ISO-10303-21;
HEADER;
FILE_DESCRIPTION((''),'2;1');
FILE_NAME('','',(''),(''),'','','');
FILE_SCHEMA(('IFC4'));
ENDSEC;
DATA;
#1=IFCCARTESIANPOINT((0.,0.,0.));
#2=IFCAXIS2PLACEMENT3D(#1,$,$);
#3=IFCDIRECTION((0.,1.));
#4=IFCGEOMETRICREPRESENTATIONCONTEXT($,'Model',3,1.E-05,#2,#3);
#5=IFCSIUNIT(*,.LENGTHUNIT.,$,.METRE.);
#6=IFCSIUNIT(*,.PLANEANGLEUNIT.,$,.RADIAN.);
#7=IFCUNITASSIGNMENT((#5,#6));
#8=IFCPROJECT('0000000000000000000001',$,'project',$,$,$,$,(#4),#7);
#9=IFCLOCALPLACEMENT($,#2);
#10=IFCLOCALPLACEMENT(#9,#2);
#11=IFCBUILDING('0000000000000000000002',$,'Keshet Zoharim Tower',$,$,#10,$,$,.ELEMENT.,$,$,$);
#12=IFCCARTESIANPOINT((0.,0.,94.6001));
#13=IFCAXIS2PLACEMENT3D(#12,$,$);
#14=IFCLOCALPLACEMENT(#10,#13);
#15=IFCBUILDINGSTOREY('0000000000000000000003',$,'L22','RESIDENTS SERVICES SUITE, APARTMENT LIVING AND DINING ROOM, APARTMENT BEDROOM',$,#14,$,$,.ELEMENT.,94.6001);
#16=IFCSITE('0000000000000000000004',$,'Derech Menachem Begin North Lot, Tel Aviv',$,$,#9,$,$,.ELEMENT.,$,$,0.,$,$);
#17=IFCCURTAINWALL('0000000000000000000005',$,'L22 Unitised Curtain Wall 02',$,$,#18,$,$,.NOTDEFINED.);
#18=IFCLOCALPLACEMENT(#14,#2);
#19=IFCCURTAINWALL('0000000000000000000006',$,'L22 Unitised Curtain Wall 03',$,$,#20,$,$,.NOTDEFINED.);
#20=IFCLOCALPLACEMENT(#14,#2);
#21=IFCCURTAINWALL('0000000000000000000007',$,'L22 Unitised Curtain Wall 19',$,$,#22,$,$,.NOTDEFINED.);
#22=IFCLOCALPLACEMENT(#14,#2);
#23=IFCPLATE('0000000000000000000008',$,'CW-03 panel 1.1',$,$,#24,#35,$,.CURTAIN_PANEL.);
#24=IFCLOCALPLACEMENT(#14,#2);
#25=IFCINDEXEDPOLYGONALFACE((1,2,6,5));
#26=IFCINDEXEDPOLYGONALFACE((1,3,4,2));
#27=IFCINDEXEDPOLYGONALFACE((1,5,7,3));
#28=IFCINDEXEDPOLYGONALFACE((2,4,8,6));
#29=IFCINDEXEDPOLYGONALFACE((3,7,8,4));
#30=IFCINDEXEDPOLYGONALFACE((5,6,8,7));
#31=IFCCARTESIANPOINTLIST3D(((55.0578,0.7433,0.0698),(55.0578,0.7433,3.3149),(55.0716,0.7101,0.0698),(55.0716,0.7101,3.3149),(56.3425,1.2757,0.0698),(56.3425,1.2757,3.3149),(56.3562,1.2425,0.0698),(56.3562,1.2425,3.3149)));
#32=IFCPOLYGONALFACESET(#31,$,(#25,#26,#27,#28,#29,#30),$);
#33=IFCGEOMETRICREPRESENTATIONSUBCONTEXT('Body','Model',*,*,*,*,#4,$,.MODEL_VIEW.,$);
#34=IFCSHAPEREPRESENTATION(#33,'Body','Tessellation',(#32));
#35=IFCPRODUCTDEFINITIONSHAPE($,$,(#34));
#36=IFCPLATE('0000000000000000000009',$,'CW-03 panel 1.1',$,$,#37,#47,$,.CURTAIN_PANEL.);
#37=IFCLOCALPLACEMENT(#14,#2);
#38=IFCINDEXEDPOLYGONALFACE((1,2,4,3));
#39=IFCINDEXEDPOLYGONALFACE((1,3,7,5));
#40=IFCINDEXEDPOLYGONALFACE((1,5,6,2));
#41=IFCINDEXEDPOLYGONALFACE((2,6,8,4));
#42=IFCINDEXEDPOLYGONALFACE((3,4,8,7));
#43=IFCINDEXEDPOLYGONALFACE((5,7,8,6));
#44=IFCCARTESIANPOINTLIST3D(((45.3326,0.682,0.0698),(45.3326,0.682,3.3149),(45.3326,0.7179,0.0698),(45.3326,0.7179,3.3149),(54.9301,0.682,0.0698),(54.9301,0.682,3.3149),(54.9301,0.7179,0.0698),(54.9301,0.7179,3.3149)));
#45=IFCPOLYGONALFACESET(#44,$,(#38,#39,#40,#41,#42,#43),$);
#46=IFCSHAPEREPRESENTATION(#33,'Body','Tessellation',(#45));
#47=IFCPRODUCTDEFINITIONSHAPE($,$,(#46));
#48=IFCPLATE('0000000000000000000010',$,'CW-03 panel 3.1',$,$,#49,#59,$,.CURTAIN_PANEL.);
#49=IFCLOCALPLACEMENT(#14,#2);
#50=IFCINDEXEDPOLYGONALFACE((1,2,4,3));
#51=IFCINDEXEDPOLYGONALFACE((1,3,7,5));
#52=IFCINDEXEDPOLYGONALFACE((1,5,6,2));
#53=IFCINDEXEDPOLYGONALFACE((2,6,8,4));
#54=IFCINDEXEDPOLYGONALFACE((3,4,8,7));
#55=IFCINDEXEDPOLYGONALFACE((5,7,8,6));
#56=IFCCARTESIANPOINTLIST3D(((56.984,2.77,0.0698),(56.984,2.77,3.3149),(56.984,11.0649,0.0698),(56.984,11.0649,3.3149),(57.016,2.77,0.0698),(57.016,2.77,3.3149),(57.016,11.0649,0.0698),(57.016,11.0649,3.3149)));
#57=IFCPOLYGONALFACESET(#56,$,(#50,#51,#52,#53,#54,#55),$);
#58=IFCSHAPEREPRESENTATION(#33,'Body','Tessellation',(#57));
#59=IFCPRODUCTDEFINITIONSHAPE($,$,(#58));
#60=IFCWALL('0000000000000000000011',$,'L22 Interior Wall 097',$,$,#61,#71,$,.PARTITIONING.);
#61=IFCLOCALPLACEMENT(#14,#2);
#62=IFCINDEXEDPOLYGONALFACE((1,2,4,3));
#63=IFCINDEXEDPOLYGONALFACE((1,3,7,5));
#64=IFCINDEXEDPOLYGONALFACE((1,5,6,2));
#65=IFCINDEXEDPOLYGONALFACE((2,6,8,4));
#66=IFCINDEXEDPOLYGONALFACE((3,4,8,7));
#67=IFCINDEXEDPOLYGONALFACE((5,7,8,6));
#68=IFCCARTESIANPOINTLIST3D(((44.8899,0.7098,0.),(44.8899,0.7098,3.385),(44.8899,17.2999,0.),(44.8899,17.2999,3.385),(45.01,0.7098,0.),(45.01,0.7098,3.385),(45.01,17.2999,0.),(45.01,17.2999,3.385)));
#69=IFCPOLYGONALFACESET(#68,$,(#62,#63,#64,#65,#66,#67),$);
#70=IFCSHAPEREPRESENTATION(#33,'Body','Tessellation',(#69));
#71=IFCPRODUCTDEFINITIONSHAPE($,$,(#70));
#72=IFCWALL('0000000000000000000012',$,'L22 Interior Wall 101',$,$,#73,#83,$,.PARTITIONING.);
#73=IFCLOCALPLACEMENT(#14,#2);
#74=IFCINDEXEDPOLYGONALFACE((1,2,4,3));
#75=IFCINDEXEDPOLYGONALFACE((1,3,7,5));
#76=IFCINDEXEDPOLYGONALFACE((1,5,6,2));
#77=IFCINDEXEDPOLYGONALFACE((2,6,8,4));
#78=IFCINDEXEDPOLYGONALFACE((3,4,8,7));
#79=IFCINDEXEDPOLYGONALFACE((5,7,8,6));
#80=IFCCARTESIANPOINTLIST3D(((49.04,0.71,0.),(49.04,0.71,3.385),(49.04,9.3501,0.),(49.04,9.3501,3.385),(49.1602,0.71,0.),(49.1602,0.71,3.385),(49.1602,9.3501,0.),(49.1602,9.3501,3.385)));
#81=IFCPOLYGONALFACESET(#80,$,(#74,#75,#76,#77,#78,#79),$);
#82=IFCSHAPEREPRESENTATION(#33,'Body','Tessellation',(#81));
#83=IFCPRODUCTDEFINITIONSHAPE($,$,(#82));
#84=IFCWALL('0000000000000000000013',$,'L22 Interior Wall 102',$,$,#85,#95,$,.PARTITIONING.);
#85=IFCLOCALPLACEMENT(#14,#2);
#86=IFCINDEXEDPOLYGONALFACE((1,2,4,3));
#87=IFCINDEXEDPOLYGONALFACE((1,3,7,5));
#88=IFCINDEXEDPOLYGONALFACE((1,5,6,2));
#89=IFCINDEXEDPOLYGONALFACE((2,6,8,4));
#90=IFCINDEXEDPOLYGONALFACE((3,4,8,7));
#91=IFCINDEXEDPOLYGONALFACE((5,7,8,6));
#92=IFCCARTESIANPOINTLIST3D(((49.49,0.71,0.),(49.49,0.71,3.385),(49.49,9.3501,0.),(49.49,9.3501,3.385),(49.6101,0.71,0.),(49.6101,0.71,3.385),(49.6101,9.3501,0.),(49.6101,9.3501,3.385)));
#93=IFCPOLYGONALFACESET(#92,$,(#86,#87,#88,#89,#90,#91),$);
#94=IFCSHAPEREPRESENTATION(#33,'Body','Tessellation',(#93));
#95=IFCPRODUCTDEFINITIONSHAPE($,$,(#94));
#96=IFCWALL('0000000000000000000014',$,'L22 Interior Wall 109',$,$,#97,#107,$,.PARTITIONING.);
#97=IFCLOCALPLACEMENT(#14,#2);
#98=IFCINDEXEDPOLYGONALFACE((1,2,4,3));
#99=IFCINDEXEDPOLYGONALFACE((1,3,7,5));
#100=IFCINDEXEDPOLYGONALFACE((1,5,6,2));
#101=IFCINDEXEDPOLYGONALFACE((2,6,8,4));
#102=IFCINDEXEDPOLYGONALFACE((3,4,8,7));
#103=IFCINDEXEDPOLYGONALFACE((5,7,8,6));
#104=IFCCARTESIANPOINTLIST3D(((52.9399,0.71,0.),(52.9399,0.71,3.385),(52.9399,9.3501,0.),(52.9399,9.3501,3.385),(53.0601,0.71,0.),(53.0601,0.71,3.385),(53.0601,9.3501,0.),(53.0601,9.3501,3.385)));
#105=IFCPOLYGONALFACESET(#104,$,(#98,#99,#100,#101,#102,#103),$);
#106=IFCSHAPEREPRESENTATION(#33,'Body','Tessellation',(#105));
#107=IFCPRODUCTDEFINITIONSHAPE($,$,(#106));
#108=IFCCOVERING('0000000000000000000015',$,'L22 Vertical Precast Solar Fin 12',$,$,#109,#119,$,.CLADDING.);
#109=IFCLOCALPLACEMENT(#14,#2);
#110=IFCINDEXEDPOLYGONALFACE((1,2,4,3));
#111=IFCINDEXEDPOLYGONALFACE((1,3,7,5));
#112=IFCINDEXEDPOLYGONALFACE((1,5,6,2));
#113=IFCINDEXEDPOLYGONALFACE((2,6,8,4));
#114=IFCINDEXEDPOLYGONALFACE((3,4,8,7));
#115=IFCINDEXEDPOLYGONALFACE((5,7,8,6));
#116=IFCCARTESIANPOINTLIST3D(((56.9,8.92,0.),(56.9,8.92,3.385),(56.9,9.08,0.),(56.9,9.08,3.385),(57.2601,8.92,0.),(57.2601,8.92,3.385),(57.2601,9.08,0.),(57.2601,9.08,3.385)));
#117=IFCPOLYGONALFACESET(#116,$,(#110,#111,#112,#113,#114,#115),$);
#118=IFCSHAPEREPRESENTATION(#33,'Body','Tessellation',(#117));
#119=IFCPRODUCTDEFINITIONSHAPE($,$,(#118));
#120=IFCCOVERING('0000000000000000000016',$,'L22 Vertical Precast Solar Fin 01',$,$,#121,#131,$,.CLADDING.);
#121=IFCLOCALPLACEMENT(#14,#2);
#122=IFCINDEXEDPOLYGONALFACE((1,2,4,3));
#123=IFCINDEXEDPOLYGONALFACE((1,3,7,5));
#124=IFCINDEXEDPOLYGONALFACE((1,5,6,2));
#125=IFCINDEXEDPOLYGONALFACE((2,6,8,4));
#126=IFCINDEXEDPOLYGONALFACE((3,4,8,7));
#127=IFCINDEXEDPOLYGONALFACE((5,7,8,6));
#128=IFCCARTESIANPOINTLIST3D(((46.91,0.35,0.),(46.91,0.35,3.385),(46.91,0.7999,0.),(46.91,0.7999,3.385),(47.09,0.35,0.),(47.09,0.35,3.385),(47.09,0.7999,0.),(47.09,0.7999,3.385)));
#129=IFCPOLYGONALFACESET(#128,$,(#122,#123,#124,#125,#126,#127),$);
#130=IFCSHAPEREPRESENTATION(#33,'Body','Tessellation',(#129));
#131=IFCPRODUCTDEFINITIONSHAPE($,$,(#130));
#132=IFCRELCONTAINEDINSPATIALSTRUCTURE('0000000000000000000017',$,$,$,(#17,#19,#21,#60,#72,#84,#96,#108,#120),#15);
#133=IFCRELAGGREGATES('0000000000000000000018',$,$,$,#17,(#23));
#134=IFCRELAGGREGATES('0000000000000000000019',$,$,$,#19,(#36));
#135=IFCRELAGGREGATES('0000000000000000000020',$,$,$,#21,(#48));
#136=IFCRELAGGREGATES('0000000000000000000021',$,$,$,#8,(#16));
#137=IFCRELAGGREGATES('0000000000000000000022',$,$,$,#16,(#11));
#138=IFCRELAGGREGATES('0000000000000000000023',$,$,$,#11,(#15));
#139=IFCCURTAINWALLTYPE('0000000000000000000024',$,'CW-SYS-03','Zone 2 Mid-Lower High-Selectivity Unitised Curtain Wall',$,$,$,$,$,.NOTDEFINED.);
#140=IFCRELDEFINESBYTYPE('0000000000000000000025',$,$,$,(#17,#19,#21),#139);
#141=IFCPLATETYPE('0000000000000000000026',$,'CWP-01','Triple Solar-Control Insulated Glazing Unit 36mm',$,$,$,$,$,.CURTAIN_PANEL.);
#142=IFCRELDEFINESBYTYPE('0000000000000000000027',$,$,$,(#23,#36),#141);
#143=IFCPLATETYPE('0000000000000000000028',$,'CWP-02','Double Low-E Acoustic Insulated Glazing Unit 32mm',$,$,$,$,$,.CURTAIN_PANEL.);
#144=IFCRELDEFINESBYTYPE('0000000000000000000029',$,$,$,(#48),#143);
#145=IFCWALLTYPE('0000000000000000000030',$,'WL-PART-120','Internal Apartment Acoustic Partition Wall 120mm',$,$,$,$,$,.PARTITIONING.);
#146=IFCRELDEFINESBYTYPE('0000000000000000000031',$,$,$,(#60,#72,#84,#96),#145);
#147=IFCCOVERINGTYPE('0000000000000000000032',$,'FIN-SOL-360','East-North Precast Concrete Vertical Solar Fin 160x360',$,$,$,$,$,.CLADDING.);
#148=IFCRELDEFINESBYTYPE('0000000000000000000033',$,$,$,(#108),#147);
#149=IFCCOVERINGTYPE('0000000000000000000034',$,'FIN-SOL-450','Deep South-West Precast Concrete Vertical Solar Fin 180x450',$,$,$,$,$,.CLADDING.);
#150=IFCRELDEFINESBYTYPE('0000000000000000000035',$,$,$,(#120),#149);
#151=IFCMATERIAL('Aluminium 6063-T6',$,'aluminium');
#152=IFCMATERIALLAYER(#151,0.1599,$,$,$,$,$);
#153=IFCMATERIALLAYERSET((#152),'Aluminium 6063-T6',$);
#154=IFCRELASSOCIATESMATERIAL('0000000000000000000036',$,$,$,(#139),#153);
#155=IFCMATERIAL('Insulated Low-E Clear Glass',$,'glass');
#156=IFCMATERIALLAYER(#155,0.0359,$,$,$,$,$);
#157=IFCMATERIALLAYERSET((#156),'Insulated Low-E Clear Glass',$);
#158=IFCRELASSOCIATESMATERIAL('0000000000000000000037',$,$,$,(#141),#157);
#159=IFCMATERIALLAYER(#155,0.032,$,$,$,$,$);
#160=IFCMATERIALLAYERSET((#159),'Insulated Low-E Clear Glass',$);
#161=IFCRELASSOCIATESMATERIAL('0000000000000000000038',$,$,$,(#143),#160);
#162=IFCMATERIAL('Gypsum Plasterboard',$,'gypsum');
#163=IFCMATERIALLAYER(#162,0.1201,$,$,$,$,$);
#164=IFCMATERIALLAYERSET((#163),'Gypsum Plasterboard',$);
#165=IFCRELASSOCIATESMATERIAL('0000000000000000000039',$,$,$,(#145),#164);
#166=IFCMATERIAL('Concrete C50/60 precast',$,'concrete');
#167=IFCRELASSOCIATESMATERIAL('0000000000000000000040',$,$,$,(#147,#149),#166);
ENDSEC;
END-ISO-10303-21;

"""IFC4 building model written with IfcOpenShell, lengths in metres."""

from ifc_helpers import new_model, si_unit, direction, frame, frame_2d, origin, origin_2d, place, context, subcontext, project, spatial, rectangle, extrude, material, layer, layer_set, type_object, element, aggregate, save


model = new_model("IFC4")

# Units and contexts
model_context = context("Model", 3, precision=1e-05, world=origin(), true_north=direction((0.0, 1.0)))
body_context = subcontext(model_context, "Body", "Model", "MODEL_VIEW")
ifc_project = project(units=[si_unit("LENGTHUNIT", "METRE"), si_unit("PLANEANGLEUNIT", "RADIAN")], contexts=[model_context])

# Site, building, storey
site_placement = place(None, origin())
site = spatial("IfcSite", under=ifc_project, at=site_placement, Name="Derech Menachem Begin North Lot, Tel Aviv", CompositionType="ELEMENT", RefElevation=0.0)
building_placement = place(site_placement, origin())
building = spatial("IfcBuilding", under=site, at=building_placement, Name="Keshet Zoharim Tower", CompositionType="ELEMENT")
storey_placement = place(building_placement, frame((0.0, 0.0, 94.6001)))
storey = spatial("IfcBuildingStorey", under=building, at=storey_placement, Name="L22", Description="RESIDENTS SERVICES SUITE, APARTMENT LIVING AND DINING ROOM, APARTMENT BEDROOM", CompositionType="ELEMENT", Elevation=94.6001)

# Curtain walls
ifc_material_1 = material(Name="Aluminium 6063-T6", Category="aluminium")
ifc_layer_1 = layer(ifc_material_1, 0.1599)
ifc_layer_set_1 = layer_set([ifc_layer_1], Name="Aluminium 6063-T6")
curtain_wall_type = type_object("IfcCurtainWallType", Name="CW-SYS-03", Description="Zone 2 Mid-Lower High-Selectivity Unitised Curtain Wall", PredefinedType="NOTDEFINED", material=ifc_layer_set_1)
curtain_wall_1_placement = place(storey_placement, origin())
curtain_wall_1 = element("IfcCurtainWall", 1, at=curtain_wall_1_placement, inside=storey, type_object=curtain_wall_type, Name="L22 Unitised Curtain Wall 02", PredefinedType="NOTDEFINED")
curtain_wall_2_placement = place(storey_placement, origin())
curtain_wall_2 = element("IfcCurtainWall", 2, at=curtain_wall_2_placement, inside=storey, type_object=curtain_wall_type, Name="L22 Unitised Curtain Wall 03", PredefinedType="NOTDEFINED")

# Curtain wall
curtain_wall_3_placement = place(storey_placement, origin())
curtain_wall_3 = element("IfcCurtainWall", 3, at=curtain_wall_3_placement, inside=storey, type_object=curtain_wall_type, Name="L22 Unitised Curtain Wall 19", PredefinedType="NOTDEFINED")

# Plates
ifc_material_2 = material(Name="Insulated Low-E Clear Glass", Category="glass")
ifc_layer_2 = layer(ifc_material_2, 0.0359)
ifc_layer_set_2 = layer_set([ifc_layer_2], Name="Insulated Low-E Clear Glass")
plate_type_1 = type_object("IfcPlateType", Name="CWP-01", Description="Triple Solar-Control Insulated Glazing Unit 36mm", PredefinedType="CURTAIN_PANEL", material=ifc_layer_set_2)
plate_1_placement = place(storey_placement, frame((55.707, 0.9929, 0.0698), z_axis=(0.0, 0.0, 1.0), x_axis=(-0.92381, -0.382852, 0.0)))
plate_1 = element("IfcPlate", 4, at=plate_1_placement, type_object=plate_type_1, Name="CW-03 panel 1.1", PredefinedType="CURTAIN_PANEL", context=body_context, shape_type="SweptSolid", body=[
    extrude(rectangle(XDim=1.3906, YDim=0.0359, at=origin_2d()), origin(), (0.0, 0.0, 1.0), 3.2451),
])
aggregate(curtain_wall_1, [plate_1])
plate_2_placement = place(storey_placement, frame((50.1313, 0.7, 0.0698), z_axis=(0.0, 0.0, 1.0), x_axis=(-1.0, 0.0, 0.0)))
plate_2 = element("IfcPlate", 5, at=plate_2_placement, type_object=plate_type_1, Name="CW-03 panel 1.1", PredefinedType="CURTAIN_PANEL", context=body_context, shape_type="SweptSolid", body=[
    extrude(rectangle(XDim=9.5974, YDim=0.0359, at=origin_2d()), origin(), (0.0, 0.0, 1.0), 3.2451),
])
aggregate(curtain_wall_2, [plate_2])
ifc_layer_3 = layer(ifc_material_2, 0.032)
ifc_layer_set_3 = layer_set([ifc_layer_3], Name="Insulated Low-E Clear Glass")
plate_type_2 = type_object("IfcPlateType", Name="CWP-02", Description="Double Low-E Acoustic Insulated Glazing Unit 32mm", PredefinedType="CURTAIN_PANEL", material=ifc_layer_set_3)
plate_3_placement = place(storey_placement, frame((57.0, 6.9175, 0.0698), z_axis=(0.0, 0.0, 1.0), x_axis=(0.0, -1.0, 0.0)))
plate_3 = element("IfcPlate", 6, at=plate_3_placement, type_object=plate_type_2, Name="CW-03 panel 3.1", PredefinedType="CURTAIN_PANEL", context=body_context, shape_type="SweptSolid", body=[
    extrude(rectangle(XDim=8.2949, YDim=0.032, at=origin_2d()), origin(), (0.0, 0.0, 1.0), 3.2451),
])
aggregate(curtain_wall_3, [plate_3])

# Walls
ifc_material_3 = material(Name="Gypsum Plasterboard", Category="gypsum")
ifc_layer_4 = layer(ifc_material_3, 0.1201)
ifc_layer_set_4 = layer_set([ifc_layer_4], Name="Gypsum Plasterboard")
wall_type = type_object("IfcWallType", Name="WL-PART-120", Description="Internal Apartment Acoustic Partition Wall 120mm", PredefinedType="PARTITIONING", material=ifc_layer_set_4)
wall_placement = place(storey_placement, frame((44.95, 0.71, 0.0), z_axis=(0.0, 0.0, 1.0), x_axis=(0.0, 1.0, 0.0)))
element("IfcWall", 7, at=wall_placement, inside=storey, type_object=wall_type, Name="L22 Interior Wall 097", PredefinedType="PARTITIONING", context=body_context, shape_type="SweptSolid", body=[
    extrude(rectangle(XDim=16.5901, YDim=0.1201, at=frame_2d((8.2949, 0.0))), origin(), (0.0, 0.0, 1.0), 3.385),
])
for number, where, z_axis, x_axis, name in (
    (8, (49.1001, 0.71, 0.0), (0.0, 0.0, 1.0), (0.0, 1.0, 0.0), "L22 Interior Wall 101"),
    (9, (49.55, 0.71, 0.0), (0.0, 0.0, 1.0), (0.0, 1.0, 0.0), "L22 Interior Wall 102"),
    (10, (53.0, 0.71, 0.0), (0.0, 0.0, 1.0), (0.0, 1.0, 0.0), "L22 Interior Wall 109"),
):
    element("IfcWall", number, at=place(storey_placement, frame(where, z_axis=z_axis, x_axis=x_axis)), inside=storey, type_object=wall_type, Name=name, PredefinedType="PARTITIONING", context=body_context, shape_type="SweptSolid", body=[
        extrude(rectangle(XDim=8.6401, YDim=0.1201, at=frame_2d((4.3201, 0.0))), origin(), (0.0, 0.0, 1.0), 3.385),
    ])

# Coverings
ifc_material_4 = material(Name="Concrete C50/60 precast", Category="concrete")
covering_type_1 = type_object("IfcCoveringType", Name="FIN-SOL-360", Description="East-North Precast Concrete Vertical Solar Fin 160x360", PredefinedType="CLADDING", material=ifc_material_4)
covering_1_placement = place(storey_placement, frame((57.0801, 9.0, 0.0), z_axis=(0.0, 0.0, 1.0), x_axis=(0.0, -1.0, 0.0)))
element("IfcCovering", 11, at=covering_1_placement, inside=storey, type_object=covering_type_1, Name="L22 Vertical Precast Solar Fin 12", PredefinedType="CLADDING", context=body_context, shape_type="SweptSolid", body=[
    extrude(rectangle(XDim=0.1599, YDim=0.3601, at=origin_2d()), origin(), (0.0, 0.0, 1.0), 3.385),
])
covering_type_2 = type_object("IfcCoveringType", Name="FIN-SOL-450", Description="Deep South-West Precast Concrete Vertical Solar Fin 180x450", PredefinedType="CLADDING", material=ifc_material_4)
covering_2_placement = place(storey_placement, frame((47.0, 0.575, 0.0), z_axis=(0.0, 0.0, 1.0), x_axis=(-1.0, 0.0, 0.0)))
element("IfcCovering", 12, at=covering_2_placement, inside=storey, type_object=covering_type_2, Name="L22 Vertical Precast Solar Fin 01", PredefinedType="CLADDING", context=body_context, shape_type="SweptSolid", body=[
    extrude(rectangle(XDim=0.1799, YDim=0.45, at=origin_2d()), origin(), (0.0, 0.0, 1.0), 3.385),
])

save(model, "model.ifc")
